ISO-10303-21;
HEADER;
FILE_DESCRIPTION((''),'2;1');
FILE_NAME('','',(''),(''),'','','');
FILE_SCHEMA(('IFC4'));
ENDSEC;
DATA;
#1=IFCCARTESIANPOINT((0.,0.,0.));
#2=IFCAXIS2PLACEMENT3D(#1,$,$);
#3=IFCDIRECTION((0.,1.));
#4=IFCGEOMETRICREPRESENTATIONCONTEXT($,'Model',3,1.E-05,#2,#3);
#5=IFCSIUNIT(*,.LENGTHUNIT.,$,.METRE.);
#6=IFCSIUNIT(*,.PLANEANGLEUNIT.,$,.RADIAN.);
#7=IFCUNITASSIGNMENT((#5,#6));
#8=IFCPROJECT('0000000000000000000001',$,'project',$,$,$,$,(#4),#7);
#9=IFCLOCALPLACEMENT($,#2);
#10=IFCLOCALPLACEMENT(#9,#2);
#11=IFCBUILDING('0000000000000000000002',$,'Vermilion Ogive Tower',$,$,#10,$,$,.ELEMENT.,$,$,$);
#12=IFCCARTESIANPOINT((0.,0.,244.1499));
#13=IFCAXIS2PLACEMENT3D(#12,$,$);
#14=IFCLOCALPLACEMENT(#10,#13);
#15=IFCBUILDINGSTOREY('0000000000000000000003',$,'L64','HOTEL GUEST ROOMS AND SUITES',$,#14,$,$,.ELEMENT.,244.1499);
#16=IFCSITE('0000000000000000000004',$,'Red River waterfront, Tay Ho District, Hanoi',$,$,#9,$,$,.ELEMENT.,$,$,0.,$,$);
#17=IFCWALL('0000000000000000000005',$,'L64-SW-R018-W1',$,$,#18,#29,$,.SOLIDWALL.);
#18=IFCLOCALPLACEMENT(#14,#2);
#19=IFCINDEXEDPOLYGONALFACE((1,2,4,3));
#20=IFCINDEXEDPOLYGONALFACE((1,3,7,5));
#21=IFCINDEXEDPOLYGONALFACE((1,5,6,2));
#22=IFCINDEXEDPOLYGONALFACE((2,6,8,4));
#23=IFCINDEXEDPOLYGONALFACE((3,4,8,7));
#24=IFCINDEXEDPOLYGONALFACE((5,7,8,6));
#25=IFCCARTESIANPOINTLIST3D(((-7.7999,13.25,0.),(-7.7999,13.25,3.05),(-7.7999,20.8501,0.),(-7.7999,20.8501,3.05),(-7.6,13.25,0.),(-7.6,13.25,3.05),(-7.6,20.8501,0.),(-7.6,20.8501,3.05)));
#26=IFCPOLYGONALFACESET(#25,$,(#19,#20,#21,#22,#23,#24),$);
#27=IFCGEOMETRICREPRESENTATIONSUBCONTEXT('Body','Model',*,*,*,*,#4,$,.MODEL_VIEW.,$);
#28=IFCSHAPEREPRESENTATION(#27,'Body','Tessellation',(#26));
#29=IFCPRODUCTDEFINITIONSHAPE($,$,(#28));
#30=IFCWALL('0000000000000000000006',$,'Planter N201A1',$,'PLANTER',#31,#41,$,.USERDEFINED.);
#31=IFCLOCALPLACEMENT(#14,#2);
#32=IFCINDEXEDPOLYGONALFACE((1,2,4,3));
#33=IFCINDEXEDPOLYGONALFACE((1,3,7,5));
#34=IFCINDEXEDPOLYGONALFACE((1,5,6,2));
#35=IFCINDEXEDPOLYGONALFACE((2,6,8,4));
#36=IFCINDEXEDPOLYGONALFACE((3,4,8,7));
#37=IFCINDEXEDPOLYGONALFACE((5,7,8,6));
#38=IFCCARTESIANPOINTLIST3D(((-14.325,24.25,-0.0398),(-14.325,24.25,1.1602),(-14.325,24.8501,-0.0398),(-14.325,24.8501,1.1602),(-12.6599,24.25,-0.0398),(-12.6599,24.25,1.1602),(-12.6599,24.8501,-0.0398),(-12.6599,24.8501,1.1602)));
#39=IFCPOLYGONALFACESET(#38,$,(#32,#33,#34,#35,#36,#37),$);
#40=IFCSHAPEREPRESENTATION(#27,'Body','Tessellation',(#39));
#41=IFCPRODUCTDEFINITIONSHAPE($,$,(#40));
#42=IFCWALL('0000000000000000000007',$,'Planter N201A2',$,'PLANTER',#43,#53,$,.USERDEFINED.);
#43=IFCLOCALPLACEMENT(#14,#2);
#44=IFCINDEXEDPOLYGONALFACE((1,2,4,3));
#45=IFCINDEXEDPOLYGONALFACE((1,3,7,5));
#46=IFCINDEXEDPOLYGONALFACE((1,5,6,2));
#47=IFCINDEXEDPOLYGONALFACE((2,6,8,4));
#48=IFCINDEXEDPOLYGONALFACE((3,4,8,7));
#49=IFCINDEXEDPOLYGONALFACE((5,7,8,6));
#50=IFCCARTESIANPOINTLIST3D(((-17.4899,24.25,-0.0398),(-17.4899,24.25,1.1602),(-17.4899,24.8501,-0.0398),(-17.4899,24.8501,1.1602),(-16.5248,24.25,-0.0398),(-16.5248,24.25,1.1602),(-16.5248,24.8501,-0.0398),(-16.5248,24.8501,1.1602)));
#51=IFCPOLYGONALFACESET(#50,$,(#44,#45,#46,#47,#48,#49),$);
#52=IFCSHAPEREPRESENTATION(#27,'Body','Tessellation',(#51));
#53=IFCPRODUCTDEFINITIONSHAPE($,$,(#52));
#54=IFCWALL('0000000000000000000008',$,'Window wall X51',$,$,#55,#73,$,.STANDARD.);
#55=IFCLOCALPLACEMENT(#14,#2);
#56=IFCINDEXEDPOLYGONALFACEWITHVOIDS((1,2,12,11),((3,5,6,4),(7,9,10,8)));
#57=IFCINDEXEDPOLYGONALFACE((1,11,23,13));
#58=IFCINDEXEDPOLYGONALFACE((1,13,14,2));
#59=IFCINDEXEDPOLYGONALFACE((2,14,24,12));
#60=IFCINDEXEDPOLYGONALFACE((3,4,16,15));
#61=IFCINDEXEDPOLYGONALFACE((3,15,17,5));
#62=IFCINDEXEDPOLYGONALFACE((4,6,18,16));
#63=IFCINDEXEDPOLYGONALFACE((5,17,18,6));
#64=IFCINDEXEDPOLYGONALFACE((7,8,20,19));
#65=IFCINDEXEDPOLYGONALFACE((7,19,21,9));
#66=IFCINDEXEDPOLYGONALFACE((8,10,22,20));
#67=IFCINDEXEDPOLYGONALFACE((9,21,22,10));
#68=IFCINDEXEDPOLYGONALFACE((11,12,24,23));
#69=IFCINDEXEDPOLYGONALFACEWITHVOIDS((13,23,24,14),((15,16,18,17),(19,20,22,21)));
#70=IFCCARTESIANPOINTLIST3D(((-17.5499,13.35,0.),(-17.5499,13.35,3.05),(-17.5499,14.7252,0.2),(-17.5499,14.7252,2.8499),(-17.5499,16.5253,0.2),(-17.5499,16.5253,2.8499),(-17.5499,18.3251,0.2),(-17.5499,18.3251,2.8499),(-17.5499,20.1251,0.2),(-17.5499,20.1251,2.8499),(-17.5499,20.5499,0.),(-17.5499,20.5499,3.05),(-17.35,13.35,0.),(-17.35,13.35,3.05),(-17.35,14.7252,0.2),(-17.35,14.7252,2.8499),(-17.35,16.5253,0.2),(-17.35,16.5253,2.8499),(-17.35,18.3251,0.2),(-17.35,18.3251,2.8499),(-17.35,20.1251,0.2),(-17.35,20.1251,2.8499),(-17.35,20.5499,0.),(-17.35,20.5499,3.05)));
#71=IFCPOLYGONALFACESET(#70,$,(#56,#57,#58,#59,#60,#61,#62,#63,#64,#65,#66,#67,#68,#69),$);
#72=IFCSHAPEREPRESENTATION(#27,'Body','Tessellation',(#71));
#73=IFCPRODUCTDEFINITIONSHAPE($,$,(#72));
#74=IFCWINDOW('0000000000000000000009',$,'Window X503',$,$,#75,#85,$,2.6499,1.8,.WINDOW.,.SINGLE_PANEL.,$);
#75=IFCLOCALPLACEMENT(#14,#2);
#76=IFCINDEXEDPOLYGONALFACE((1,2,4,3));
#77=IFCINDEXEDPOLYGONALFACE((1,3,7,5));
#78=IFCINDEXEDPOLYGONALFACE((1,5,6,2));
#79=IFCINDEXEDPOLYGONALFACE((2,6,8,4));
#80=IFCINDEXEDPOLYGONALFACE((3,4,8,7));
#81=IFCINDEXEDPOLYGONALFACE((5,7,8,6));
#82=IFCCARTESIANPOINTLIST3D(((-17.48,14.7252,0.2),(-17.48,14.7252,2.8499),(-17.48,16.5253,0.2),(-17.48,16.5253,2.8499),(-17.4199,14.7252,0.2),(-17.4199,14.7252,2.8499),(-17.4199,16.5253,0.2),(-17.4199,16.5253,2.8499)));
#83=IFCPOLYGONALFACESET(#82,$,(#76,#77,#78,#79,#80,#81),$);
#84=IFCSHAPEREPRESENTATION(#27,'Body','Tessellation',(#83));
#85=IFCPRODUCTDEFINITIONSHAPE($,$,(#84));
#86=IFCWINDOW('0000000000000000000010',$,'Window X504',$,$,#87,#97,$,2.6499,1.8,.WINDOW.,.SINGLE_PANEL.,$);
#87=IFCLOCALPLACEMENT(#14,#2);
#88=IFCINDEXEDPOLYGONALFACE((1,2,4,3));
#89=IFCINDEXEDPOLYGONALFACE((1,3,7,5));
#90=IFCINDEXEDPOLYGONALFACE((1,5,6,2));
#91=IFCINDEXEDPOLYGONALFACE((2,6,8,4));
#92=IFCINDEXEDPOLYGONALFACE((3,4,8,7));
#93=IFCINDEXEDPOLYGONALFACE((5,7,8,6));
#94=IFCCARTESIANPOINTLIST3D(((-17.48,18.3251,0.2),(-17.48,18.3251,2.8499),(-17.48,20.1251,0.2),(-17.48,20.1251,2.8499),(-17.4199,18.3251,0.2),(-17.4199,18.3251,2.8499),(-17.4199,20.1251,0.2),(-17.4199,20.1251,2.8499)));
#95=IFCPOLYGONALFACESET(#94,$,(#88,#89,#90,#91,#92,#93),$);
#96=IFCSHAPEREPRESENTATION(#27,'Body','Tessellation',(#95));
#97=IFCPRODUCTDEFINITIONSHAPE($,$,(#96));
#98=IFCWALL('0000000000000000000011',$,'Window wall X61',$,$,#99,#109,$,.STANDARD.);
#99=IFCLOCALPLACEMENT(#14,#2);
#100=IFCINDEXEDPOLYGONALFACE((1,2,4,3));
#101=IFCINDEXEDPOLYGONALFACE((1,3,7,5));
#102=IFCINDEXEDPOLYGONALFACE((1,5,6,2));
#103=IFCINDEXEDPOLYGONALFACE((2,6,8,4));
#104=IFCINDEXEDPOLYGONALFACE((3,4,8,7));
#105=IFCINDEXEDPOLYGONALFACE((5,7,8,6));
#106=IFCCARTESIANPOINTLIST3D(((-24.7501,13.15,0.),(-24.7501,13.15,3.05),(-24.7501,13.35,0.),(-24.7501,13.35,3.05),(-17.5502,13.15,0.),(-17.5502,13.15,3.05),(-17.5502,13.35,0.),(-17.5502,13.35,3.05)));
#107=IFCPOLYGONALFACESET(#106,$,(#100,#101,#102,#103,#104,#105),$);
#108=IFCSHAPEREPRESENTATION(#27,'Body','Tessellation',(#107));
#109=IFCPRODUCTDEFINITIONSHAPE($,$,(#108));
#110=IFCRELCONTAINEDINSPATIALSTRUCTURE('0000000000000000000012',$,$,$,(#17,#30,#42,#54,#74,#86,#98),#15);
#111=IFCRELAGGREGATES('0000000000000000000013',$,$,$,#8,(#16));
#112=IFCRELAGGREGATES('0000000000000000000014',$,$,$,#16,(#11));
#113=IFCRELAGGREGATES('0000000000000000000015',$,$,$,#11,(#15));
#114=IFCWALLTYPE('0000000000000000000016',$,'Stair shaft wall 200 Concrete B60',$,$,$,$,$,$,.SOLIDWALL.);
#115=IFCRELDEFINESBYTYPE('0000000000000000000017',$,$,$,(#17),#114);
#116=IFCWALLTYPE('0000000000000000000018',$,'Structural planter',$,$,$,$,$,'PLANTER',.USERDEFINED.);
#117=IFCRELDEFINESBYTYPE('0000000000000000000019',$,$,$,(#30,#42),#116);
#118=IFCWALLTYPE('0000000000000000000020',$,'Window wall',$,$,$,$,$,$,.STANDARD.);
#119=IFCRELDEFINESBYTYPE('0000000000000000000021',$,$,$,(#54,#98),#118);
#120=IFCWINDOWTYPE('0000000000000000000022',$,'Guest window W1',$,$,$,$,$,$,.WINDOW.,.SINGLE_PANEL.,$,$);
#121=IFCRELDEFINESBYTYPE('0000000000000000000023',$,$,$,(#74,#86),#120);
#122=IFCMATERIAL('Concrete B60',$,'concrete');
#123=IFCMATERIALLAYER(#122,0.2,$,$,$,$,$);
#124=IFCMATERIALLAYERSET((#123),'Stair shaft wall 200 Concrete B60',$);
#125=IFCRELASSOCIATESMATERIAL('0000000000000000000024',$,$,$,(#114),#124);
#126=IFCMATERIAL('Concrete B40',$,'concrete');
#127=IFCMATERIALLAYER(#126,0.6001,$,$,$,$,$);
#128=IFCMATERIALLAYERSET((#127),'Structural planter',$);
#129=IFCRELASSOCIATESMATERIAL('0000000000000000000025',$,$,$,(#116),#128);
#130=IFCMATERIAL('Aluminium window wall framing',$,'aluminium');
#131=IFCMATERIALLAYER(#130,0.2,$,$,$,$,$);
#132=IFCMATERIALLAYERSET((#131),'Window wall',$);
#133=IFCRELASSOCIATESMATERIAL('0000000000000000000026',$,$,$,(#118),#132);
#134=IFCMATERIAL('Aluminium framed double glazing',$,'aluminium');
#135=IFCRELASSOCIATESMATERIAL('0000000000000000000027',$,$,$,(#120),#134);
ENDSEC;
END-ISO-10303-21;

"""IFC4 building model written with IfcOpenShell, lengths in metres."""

from ifc_helpers import new_model, si_unit, direction, frame, frame_2d, origin, place, context, subcontext, project, spatial, rectangle, extrude, material, layer, layer_set, type_object, element, fill, save


model = new_model("IFC4")

# Units and contexts
model_context = context("Model", 3, precision=1e-05, world=origin(), true_north=direction((0.0, 1.0)))
body_context = subcontext(model_context, "Body", "Model", "MODEL_VIEW")
ifc_project = project(units=[si_unit("LENGTHUNIT", "METRE"), si_unit("PLANEANGLEUNIT", "RADIAN")], contexts=[model_context])

# Site, building, storey
site_placement = place(None, origin())
site = spatial("IfcSite", under=ifc_project, at=site_placement, Name="Red River waterfront, Tay Ho District, Hanoi", CompositionType="ELEMENT", RefElevation=0.0)
building_placement = place(site_placement, origin())
building = spatial("IfcBuilding", under=site, at=building_placement, Name="Vermilion Ogive Tower", CompositionType="ELEMENT")
storey_placement = place(building_placement, frame((0.0, 0.0, 244.1499)))
storey = spatial("IfcBuildingStorey", under=building, at=storey_placement, Name="L64", Description="HOTEL GUEST ROOMS AND SUITES", CompositionType="ELEMENT", Elevation=244.1499)

# Walls
ifc_material_1 = material(Name="Concrete B60", Category="concrete")
ifc_layer_1 = layer(ifc_material_1, 0.2)
ifc_layer_set_1 = layer_set([ifc_layer_1], Name="Stair shaft wall 200 Concrete B60")
wall_type_1 = type_object("IfcWallType", Name="Stair shaft wall 200 Concrete B60", PredefinedType="SOLIDWALL", material=ifc_layer_set_1)
wall_1_placement = place(storey_placement, frame((-7.7, 13.25, 0.0), z_axis=(0.0, 0.0, 1.0), x_axis=(0.0, 1.0, 0.0)))
element("IfcWall", 1, at=wall_1_placement, inside=storey, type_object=wall_type_1, Name="L64-SW-R018-W1", PredefinedType="SOLIDWALL", context=body_context, shape_type="SweptSolid", body=[
    extrude(rectangle(XDim=7.6001, YDim=0.2, at=frame_2d((3.8, 0.0))), origin(), (0.0, 0.0, 1.0), 3.05),
])
ifc_material_2 = material(Name="Concrete B40", Category="concrete")
ifc_layer_2 = layer(ifc_material_2, 0.6001)
ifc_layer_set_2 = layer_set([ifc_layer_2], Name="Structural planter")
wall_type_2 = type_object("IfcWallType", Name="Structural planter", ElementType="PLANTER", PredefinedType="USERDEFINED", material=ifc_layer_set_2)
wall_2_placement = place(storey_placement, frame((-12.6599, 24.55, -0.0398), z_axis=(0.0, 0.0, 1.0), x_axis=(-1.0, 0.0, 0.0)))
element("IfcWall", 2, at=wall_2_placement, inside=storey, type_object=wall_type_2, Name="Planter N201A1", ObjectType="PLANTER", PredefinedType="USERDEFINED", context=body_context, shape_type="SweptSolid", body=[
    extrude(rectangle(XDim=1.665, YDim=0.6001, at=frame_2d((0.8325, 0.0))), origin(), (0.0, 0.0, 1.0), 1.2),
])
wall_3_placement = place(storey_placement, frame((-16.5249, 24.55, -0.0398), z_axis=(0.0, 0.0, 1.0), x_axis=(-1.0, 0.0, 0.0)))
element("IfcWall", 3, at=wall_3_placement, inside=storey, type_object=wall_type_2, Name="Planter N201A2", ObjectType="PLANTER", PredefinedType="USERDEFINED", context=body_context, shape_type="SweptSolid", body=[
    extrude(rectangle(XDim=0.9651, YDim=0.6001, at=frame_2d((0.4824, 0.0))), origin(), (0.0, 0.0, 1.0), 1.2),
])

# Shared definitions
ifc_material_3 = material(Name="Aluminium window wall framing", Category="aluminium")
ifc_layer_3 = layer(ifc_material_3, 0.2)
ifc_layer_set_3 = layer_set([ifc_layer_3], Name="Window wall")
wall_type_3 = type_object("IfcWallType", Name="Window wall", PredefinedType="STANDARD", material=ifc_layer_set_3)
ifc_material_4 = material(Name="Aluminium framed double glazing", Category="aluminium")
window_type = type_object("IfcWindowType", Name="Guest window W1", PartitioningType="SINGLE_PANEL", PredefinedType="WINDOW", material=ifc_material_4)

# Wall, openings, windows
wall_4_placement = place(storey_placement, frame((-17.45, 20.55, 0.0), z_axis=(0.0, 0.0, 1.0), x_axis=(0.0, -1.0, 0.0)))
wall_4 = element("IfcWall", 4, at=wall_4_placement, inside=storey, type_object=wall_type_3, Name="Window wall X51", PredefinedType="STANDARD", context=body_context, shape_type="SweptSolid", body=[
    extrude(rectangle(XDim=7.2, YDim=0.2, at=frame_2d((3.6001, 0.0))), origin(), (0.0, 0.0, 1.0), 3.05),
])
opening_1_placement = place(wall_4_placement, frame((4.0249, 0.0, 0.2)))
opening_1 = element("IfcOpeningElement", 5, at=opening_1_placement, cuts=wall_4, PredefinedType="OPENING", context=body_context, shape_type="SweptSolid", body=[
    extrude(rectangle(XDim=1.8, YDim=2.6499, at=frame_2d((0.8999, 1.325))), frame((0.0, 0.1099, 0.0), z_axis=(0.0, -1.0, 0.0), x_axis=(1.0, 0.0, 0.0)), (0.0, 0.0, 1.0), 0.22),
])
opening_2_placement = place(wall_4_placement, frame((0.425, 0.0, 0.2)))
opening_2 = element("IfcOpeningElement", 6, at=opening_2_placement, cuts=wall_4, PredefinedType="OPENING", context=body_context, shape_type="SweptSolid", body=[
    extrude(rectangle(XDim=1.8, YDim=2.6499, at=frame_2d((0.8999, 1.325))), frame((0.0, 0.1099, 0.0), z_axis=(0.0, -1.0, 0.0), x_axis=(1.0, 0.0, 0.0)), (0.0, 0.0, 1.0), 0.22),
])
window_1_placement = place(opening_1_placement, origin())
window_1 = element("IfcWindow", 7, at=window_1_placement, inside=storey, type_object=window_type, Name="Window X503", OverallHeight=2.6499, OverallWidth=1.8, PartitioningType="SINGLE_PANEL", PredefinedType="WINDOW", context=body_context, shape_type="SweptSolid", body=[
    extrude(rectangle(XDim=1.8, YDim=2.6499, at=frame_2d((0.8999, 1.325))), frame((0.0, 0.03, 0.0), z_axis=(0.0, -1.0, 0.0), x_axis=(1.0, 0.0, 0.0)), (0.0, 0.0, 1.0), 0.0601),
])
fill(opening_1, window_1)
window_2_placement = place(opening_2_placement, origin())
window_2 = element("IfcWindow", 8, at=window_2_placement, inside=storey, type_object=window_type, Name="Window X504", OverallHeight=2.6499, OverallWidth=1.8, PartitioningType="SINGLE_PANEL", PredefinedType="WINDOW", context=body_context, shape_type="SweptSolid", body=[
    extrude(rectangle(XDim=1.8, YDim=2.6499, at=frame_2d((0.8999, 1.325))), frame((0.0, 0.03, 0.0), z_axis=(0.0, -1.0, 0.0), x_axis=(1.0, 0.0, 0.0)), (0.0, 0.0, 1.0), 0.0601),
])
fill(opening_2, window_2)

# Wall
wall_5_placement = place(storey_placement, frame((-17.55, 13.25, 0.0), z_axis=(0.0, 0.0, 1.0), x_axis=(-1.0, 0.0, 0.0)))
element("IfcWall", 9, at=wall_5_placement, inside=storey, type_object=wall_type_3, Name="Window wall X61", PredefinedType="STANDARD", context=body_context, shape_type="SweptSolid", body=[
    extrude(rectangle(XDim=7.2, YDim=0.2, at=frame_2d((3.6001, 0.0))), origin(), (0.0, 0.0, 1.0), 3.05),
])

save(model, "model.ifc")
